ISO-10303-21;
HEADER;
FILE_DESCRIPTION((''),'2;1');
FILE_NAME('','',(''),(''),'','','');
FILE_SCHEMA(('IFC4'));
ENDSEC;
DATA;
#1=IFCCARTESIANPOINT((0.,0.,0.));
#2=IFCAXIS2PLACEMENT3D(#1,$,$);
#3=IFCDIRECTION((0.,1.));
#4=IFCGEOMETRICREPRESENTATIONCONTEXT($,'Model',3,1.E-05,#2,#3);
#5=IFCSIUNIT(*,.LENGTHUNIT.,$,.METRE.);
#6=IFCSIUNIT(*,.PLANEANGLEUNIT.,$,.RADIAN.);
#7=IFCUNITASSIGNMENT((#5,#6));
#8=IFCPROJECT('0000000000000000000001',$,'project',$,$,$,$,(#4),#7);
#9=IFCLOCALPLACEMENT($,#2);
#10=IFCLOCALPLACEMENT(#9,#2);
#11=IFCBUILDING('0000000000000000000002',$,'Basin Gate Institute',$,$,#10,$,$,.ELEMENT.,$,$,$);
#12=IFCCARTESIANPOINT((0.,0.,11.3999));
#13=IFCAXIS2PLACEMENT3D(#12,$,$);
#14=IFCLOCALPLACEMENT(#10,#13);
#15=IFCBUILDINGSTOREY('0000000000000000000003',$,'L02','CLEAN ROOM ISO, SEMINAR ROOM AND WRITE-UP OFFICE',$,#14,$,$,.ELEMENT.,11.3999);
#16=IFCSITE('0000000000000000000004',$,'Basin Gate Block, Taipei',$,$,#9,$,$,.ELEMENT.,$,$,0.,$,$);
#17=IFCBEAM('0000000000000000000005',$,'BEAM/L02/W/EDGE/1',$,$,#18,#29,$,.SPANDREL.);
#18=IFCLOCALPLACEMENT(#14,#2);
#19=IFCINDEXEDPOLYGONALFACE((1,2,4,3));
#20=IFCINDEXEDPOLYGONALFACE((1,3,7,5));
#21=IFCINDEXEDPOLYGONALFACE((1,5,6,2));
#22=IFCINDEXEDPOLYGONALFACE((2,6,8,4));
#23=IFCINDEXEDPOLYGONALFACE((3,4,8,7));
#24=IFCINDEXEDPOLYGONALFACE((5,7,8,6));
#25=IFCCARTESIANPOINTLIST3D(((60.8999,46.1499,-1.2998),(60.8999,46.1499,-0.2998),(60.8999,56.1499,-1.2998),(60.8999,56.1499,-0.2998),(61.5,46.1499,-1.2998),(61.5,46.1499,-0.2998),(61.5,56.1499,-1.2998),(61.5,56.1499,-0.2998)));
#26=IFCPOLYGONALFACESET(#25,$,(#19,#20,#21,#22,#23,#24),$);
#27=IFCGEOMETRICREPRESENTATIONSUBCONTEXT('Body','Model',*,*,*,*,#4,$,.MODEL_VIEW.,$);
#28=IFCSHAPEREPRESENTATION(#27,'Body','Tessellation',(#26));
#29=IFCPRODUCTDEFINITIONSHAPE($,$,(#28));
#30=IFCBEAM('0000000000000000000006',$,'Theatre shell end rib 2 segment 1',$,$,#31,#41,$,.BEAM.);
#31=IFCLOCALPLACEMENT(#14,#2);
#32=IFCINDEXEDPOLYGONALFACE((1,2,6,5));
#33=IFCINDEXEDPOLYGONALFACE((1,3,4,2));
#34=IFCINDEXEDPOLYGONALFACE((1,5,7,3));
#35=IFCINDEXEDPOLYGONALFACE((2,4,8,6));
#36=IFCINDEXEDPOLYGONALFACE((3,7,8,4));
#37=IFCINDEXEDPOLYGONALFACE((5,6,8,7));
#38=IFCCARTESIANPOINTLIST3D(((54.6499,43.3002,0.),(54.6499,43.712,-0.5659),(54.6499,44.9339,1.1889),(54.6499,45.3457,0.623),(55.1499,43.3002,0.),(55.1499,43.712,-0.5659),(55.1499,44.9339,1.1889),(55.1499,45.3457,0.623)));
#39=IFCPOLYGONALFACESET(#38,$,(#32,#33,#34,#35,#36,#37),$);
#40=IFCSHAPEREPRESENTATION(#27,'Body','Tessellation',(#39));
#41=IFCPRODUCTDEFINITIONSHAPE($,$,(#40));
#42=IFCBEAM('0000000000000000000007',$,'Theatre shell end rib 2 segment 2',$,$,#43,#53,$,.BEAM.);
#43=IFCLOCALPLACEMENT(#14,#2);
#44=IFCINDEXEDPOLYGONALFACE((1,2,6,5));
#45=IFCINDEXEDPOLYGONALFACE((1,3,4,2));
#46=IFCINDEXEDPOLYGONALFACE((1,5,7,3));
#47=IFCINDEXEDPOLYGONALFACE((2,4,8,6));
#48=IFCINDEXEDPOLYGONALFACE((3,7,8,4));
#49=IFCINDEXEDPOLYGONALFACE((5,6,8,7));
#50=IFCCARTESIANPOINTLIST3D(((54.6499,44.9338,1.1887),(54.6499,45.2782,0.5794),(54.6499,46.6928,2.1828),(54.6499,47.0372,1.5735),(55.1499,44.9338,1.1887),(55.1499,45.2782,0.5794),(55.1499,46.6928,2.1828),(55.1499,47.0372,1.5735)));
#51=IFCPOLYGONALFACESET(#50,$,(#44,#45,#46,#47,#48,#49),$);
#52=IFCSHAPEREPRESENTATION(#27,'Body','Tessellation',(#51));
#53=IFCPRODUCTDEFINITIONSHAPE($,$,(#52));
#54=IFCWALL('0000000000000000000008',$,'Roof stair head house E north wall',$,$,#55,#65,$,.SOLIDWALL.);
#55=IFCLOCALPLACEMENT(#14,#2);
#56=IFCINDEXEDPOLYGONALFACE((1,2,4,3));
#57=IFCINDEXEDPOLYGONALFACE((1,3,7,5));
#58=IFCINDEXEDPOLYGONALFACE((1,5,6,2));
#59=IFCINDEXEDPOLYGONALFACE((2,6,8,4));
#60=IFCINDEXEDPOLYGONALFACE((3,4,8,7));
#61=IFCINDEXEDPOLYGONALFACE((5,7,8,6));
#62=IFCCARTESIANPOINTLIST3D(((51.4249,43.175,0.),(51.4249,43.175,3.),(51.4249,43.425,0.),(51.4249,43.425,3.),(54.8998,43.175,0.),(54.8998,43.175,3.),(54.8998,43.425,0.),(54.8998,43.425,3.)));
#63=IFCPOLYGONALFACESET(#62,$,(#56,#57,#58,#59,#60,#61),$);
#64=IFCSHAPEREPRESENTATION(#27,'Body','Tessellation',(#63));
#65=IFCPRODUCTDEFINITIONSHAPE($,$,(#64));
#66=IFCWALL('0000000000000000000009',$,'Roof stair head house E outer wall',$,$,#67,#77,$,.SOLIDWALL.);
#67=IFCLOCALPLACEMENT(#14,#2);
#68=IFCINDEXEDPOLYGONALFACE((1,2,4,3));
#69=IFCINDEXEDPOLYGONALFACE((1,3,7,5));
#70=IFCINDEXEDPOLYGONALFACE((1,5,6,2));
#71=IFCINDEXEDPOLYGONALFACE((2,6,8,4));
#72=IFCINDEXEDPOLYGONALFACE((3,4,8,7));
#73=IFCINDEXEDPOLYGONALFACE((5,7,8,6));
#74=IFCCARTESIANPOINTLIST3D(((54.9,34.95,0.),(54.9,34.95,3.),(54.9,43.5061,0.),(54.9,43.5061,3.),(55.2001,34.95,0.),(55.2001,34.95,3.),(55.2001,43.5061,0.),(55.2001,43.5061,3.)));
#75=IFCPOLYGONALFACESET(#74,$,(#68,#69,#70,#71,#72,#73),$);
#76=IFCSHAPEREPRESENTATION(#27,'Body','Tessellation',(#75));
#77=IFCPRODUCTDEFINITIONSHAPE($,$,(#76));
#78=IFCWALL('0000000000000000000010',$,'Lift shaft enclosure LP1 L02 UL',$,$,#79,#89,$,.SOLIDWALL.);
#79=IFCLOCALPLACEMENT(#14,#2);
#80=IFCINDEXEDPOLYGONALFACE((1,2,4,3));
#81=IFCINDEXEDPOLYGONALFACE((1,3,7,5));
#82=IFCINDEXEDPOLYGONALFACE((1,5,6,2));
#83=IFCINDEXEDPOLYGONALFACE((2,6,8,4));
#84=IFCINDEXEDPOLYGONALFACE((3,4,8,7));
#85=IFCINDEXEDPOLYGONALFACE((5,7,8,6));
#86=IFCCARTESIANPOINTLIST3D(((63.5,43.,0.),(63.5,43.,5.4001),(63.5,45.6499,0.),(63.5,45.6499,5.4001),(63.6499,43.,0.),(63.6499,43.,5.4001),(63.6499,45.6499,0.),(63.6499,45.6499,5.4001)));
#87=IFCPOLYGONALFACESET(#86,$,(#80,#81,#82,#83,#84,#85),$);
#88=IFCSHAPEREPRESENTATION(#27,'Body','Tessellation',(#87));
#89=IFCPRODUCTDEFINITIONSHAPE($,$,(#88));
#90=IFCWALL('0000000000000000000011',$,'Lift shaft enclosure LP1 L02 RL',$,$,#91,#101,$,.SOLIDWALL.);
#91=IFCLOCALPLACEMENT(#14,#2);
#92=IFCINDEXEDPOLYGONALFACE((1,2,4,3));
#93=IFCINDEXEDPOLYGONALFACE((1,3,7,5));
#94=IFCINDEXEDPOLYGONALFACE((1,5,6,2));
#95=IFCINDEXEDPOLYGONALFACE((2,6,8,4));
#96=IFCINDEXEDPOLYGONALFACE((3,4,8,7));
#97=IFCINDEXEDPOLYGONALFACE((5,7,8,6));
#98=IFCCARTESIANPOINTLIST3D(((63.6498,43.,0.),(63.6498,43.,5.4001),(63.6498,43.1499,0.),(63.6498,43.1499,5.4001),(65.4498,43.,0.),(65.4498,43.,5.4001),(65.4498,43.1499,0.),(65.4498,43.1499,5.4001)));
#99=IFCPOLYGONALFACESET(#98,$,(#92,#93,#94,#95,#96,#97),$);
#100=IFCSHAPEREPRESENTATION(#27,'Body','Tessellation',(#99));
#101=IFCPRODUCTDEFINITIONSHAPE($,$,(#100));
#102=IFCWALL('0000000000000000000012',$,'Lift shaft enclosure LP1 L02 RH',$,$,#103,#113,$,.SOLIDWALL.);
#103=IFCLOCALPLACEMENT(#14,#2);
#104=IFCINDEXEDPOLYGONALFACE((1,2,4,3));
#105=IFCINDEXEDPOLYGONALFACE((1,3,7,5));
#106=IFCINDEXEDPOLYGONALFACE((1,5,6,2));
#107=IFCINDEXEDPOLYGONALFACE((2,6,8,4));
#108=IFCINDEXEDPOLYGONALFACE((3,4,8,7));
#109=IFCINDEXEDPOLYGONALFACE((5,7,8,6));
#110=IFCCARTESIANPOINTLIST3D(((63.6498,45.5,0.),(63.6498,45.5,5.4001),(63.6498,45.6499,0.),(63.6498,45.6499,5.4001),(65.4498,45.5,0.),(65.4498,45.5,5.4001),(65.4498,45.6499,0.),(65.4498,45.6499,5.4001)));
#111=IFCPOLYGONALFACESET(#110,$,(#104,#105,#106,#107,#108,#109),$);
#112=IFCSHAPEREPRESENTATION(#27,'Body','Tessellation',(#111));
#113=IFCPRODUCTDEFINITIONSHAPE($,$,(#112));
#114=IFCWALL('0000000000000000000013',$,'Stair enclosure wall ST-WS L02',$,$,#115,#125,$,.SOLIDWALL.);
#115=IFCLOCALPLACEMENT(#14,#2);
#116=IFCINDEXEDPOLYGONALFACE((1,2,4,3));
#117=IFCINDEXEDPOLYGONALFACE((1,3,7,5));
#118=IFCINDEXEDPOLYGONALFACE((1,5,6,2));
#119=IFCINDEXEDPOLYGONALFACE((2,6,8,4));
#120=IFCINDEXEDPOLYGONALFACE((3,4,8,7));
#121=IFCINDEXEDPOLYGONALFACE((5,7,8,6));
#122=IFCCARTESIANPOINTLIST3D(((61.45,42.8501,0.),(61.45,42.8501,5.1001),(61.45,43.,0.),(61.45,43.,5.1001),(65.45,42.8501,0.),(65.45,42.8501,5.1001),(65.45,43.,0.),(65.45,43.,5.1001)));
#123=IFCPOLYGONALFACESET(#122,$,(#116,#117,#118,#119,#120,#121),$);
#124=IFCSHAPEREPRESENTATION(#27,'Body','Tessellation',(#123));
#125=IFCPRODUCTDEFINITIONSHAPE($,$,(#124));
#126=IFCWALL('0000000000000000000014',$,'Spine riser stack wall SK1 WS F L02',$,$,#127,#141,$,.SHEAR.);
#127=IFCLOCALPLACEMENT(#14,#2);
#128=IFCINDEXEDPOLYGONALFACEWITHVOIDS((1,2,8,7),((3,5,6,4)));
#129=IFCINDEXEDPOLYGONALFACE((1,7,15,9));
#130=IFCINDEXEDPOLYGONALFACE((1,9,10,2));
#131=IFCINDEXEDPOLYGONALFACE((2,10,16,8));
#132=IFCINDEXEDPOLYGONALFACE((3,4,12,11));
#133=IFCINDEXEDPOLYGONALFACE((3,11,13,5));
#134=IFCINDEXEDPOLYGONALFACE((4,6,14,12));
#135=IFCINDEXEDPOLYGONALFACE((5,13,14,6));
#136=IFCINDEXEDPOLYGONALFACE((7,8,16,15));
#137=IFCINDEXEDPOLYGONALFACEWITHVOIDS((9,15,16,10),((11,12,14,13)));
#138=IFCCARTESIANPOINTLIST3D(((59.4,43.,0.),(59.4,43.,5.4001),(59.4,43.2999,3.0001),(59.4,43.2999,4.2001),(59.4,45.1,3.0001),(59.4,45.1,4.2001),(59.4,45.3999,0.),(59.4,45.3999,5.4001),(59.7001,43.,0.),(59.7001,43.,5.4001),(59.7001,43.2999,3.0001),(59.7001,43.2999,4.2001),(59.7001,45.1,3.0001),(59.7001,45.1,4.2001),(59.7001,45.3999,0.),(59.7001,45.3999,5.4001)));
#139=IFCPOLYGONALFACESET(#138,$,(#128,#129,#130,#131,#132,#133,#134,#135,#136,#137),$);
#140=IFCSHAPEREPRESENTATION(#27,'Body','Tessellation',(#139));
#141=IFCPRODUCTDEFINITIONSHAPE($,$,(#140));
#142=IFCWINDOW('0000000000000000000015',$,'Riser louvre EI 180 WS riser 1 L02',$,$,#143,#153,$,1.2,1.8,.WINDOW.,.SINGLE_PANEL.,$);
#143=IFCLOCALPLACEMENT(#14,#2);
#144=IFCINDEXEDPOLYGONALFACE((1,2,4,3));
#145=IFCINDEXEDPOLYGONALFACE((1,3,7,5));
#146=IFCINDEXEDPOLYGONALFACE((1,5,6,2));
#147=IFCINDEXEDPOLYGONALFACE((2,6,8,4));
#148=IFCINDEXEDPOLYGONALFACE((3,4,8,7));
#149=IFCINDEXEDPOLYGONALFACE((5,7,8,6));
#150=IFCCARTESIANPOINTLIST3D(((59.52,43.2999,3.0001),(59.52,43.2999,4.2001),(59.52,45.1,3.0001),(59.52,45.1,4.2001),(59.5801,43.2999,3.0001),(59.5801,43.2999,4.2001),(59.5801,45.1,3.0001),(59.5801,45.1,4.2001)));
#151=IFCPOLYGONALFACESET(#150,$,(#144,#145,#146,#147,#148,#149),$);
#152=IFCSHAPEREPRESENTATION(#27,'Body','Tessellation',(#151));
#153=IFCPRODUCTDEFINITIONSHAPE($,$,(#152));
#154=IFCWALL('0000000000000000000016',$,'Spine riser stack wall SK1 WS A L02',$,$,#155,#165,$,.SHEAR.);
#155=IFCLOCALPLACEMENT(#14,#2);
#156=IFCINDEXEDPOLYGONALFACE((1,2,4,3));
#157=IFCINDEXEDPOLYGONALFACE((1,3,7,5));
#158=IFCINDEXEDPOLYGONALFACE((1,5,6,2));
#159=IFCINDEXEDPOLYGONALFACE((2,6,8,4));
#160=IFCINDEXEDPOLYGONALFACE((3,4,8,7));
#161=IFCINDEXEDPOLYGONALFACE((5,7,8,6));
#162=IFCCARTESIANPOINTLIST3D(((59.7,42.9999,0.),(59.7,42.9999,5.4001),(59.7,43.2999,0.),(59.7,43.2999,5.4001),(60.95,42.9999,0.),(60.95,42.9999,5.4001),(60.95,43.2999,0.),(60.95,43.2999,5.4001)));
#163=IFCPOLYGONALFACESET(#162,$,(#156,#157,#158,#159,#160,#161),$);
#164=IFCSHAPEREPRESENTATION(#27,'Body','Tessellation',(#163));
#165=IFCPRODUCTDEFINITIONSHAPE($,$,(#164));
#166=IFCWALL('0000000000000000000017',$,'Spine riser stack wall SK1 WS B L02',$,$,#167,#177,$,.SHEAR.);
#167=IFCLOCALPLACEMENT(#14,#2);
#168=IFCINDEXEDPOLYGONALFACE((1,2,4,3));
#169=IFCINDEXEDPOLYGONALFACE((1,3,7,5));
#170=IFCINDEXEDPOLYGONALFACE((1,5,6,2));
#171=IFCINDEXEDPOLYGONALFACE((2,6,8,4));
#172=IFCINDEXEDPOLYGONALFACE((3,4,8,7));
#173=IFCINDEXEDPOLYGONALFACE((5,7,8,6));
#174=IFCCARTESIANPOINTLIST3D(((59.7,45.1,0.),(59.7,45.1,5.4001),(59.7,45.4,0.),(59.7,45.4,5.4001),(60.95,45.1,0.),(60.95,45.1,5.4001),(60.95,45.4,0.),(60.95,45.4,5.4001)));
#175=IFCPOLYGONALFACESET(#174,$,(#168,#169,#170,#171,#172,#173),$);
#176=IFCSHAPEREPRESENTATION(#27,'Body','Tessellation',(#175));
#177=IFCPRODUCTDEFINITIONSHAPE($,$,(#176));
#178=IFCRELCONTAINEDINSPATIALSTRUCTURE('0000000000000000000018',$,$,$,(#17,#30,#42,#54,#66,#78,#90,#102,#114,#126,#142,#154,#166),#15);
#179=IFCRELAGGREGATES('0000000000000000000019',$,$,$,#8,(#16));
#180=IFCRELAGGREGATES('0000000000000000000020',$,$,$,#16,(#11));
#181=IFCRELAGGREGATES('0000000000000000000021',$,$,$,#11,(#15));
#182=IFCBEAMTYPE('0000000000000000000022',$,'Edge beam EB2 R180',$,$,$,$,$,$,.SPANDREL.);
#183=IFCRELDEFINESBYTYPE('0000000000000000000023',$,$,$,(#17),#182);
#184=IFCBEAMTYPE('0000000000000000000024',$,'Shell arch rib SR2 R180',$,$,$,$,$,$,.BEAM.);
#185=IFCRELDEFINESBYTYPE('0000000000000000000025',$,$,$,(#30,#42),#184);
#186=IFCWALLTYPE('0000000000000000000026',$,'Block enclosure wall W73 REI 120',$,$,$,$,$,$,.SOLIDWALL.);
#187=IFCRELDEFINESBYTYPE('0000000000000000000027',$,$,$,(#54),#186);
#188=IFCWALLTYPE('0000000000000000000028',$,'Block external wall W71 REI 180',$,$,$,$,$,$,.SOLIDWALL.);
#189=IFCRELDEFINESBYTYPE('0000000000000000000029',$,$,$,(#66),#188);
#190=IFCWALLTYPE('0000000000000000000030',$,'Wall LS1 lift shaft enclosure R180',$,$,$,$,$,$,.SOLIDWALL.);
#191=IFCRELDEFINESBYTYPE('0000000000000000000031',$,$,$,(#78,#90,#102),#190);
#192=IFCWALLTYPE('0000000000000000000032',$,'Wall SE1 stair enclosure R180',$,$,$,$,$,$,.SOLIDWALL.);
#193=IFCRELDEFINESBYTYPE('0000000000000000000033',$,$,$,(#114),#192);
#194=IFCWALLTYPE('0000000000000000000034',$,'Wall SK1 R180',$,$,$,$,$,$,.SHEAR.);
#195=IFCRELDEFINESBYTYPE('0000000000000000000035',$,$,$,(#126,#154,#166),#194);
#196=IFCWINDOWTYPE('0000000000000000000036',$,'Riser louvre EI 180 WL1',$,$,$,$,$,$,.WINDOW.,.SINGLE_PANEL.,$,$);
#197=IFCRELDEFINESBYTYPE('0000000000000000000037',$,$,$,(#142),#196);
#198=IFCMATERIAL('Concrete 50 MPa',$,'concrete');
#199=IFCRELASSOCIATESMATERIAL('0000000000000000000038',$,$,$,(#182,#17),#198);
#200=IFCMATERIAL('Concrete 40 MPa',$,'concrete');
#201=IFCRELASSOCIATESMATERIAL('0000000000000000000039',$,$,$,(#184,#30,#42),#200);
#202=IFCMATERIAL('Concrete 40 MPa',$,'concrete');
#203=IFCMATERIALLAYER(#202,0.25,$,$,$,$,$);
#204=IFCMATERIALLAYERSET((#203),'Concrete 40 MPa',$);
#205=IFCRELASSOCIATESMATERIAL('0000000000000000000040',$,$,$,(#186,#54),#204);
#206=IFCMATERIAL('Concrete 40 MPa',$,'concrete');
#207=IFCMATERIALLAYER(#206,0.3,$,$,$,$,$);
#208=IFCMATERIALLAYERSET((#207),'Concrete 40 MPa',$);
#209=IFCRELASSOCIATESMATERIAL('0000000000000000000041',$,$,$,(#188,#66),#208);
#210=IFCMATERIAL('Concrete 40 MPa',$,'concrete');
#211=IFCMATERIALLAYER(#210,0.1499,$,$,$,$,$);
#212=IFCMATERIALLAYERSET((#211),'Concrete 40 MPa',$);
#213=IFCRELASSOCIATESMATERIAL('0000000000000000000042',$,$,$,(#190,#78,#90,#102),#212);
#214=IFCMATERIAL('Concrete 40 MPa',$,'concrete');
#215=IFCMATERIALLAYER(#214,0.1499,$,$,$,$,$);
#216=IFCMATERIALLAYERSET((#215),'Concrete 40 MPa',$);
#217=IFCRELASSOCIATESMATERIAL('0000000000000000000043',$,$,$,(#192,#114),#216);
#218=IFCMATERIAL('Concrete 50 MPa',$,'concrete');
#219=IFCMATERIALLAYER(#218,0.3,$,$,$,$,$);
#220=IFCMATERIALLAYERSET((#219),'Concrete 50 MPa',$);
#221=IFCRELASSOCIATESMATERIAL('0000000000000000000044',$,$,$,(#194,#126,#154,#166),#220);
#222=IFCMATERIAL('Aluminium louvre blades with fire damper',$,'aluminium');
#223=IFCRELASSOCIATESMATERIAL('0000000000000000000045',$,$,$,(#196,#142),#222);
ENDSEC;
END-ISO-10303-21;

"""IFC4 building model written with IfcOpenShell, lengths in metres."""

from ifc_helpers import new_model, si_unit, direction, frame, frame_2d, origin, origin_2d, place, context, subcontext, project, spatial, rectangle, extrude, material, layer, layer_set, material_profile, profile_set, type_object, element, fill, save


model = new_model("IFC4")

# Units and contexts
model_context = context("Model", 3, precision=1e-05, world=origin(), true_north=direction((0.0, 1.0)))
body_context = subcontext(model_context, "Body", "Model", "MODEL_VIEW")
ifc_project = project(units=[si_unit("LENGTHUNIT", "METRE"), si_unit("PLANEANGLEUNIT", "RADIAN")], contexts=[model_context])

# Site, building, storey
site_placement = place(None, origin())
site = spatial("IfcSite", under=ifc_project, at=site_placement, Name="Basin Gate Block, Taipei", CompositionType="ELEMENT", RefElevation=0.0)
building_placement = place(site_placement, origin())
building = spatial("IfcBuilding", under=site, at=building_placement, Name="Basin Gate Institute", CompositionType="ELEMENT")
storey_placement = place(building_placement, frame((0.0, 0.0, 11.3999)))
storey = spatial("IfcBuildingStorey", under=building, at=storey_placement, Name="L02", Description="CLEAN ROOM ISO, SEMINAR ROOM AND WRITE-UP OFFICE", CompositionType="ELEMENT", Elevation=11.3999)

# Beams
ifc_material_1 = material(Name="Concrete 50 MPa", Category="concrete")
ifc_material_profile_1 = material_profile(ifc_material_1, rectangle(XDim=0.6001, YDim=1.0, at=origin_2d()), Name="Edge beam EB2 600 x 1000")
ifc_profile_set_1 = profile_set([ifc_material_profile_1], Name="Concrete 50 MPa")
beam_type_1 = type_object("IfcBeamType", Name="Edge beam EB2 R180", PredefinedType="SPANDREL", material=ifc_profile_set_1)
beam_placement = place(storey_placement, frame((61.2, 46.1499, -0.7998), z_axis=(0.0, 1.0, 0.0), x_axis=(-1.0, 0.0, 0.0)))
element("IfcBeam", 1, at=beam_placement, inside=storey, type_object=beam_type_1, material=ifc_profile_set_1, Name="BEAM/L02/W/EDGE/1", PredefinedType="SPANDREL", context=body_context, shape_type="SweptSolid", body=[
    extrude(rectangle(XDim=0.6001, YDim=1.0, at=origin_2d()), origin(), (0.0, 0.0, 1.0), 10.0),
])
ifc_material_2 = material(Name="Concrete 40 MPa", Category="concrete")
ifc_material_profile_2 = material_profile(ifc_material_2, rectangle(XDim=0.5, YDim=0.7, at=origin_2d()), Name="Shell arch rib SR2 500 x 700")
ifc_profile_set_2 = profile_set([ifc_material_profile_2], Name="Concrete 40 MPa")
beam_type_2 = type_object("IfcBeamType", Name="Shell arch rib SR2 R180", PredefinedType="BEAM", material=ifc_profile_set_2)
for number, where, z_axis, x_axis, name in (
    (2, (54.8999, 43.5061, -0.283), (0.0, 0.808558, 0.588416), (-1.0, 0.0, 0.0), "Theatre shell end rib 2 segment 1"),
    (3, (54.8999, 45.106, 0.884), (0.0, 0.870583, 0.492021), (-1.0, 0.0, 0.0), "Theatre shell end rib 2 segment 2"),
):
    element("IfcBeam", number, at=place(storey_placement, frame(where, z_axis=z_axis, x_axis=x_axis)), inside=storey, type_object=beam_type_2, material=ifc_profile_set_2, Name=name, PredefinedType="BEAM", context=body_context, shape_type="SweptSolid", body=[
        extrude(rectangle(XDim=0.5, YDim=0.7, at=origin_2d()), origin(), (0.0, 0.0, 1.0), 2.0205),
    ])

# Walls
ifc_material_3 = material(Name="Concrete 40 MPa", Category="concrete")
ifc_layer_1 = layer(ifc_material_3, 0.25)
ifc_layer_set_1 = layer_set([ifc_layer_1], Name="Concrete 40 MPa")
wall_type_1 = type_object("IfcWallType", Name="Block enclosure wall W73 REI 120", PredefinedType="SOLIDWALL", material=ifc_layer_set_1)
wall_1_placement = place(storey_placement, frame((51.425, 43.3, 0.0), z_axis=(0.0, 0.0, 1.0), x_axis=(1.0, 0.0, 0.0)))
element("IfcWall", 4, at=wall_1_placement, inside=storey, type_object=wall_type_1, material=ifc_layer_set_1, Name="Roof stair head house E north wall", PredefinedType="SOLIDWALL", context=body_context, shape_type="SweptSolid", body=[
    extrude(rectangle(XDim=3.4749, YDim=0.25, at=frame_2d((1.7373, 0.0))), origin(), (0.0, 0.0, 1.0), 3.0),
])
ifc_material_4 = material(Name="Concrete 40 MPa", Category="concrete")
ifc_layer_2 = layer(ifc_material_4, 0.3)
ifc_layer_set_2 = layer_set([ifc_layer_2], Name="Concrete 40 MPa")
wall_type_2 = type_object("IfcWallType", Name="Block external wall W71 REI 180", PredefinedType="SOLIDWALL", material=ifc_layer_set_2)
wall_2_placement = place(storey_placement, frame((55.05, 34.95, 0.0), z_axis=(0.0, 0.0, 1.0), x_axis=(0.0, 1.0, 0.0)))
element("IfcWall", 5, at=wall_2_placement, inside=storey, type_object=wall_type_2, material=ifc_layer_set_2, Name="Roof stair head house E outer wall", PredefinedType="SOLIDWALL", context=body_context, shape_type="SweptSolid", body=[
    extrude(rectangle(XDim=8.5562, YDim=0.3, at=frame_2d((4.2781, 0.0))), origin(), (0.0, 0.0, 1.0), 3.0),
])
ifc_material_5 = material(Name="Concrete 40 MPa", Category="concrete")
ifc_layer_3 = layer(ifc_material_5, 0.1499)
ifc_layer_set_3 = layer_set([ifc_layer_3], Name="Concrete 40 MPa")
wall_type_3 = type_object("IfcWallType", Name="Wall LS1 lift shaft enclosure R180", PredefinedType="SOLIDWALL", material=ifc_layer_set_3)
wall_3_placement = place(storey_placement, frame((63.575, 43.0, 0.0), z_axis=(0.0, 0.0, 1.0), x_axis=(0.0, 1.0, 0.0)))
element("IfcWall", 6, at=wall_3_placement, inside=storey, type_object=wall_type_3, material=ifc_layer_set_3, Name="Lift shaft enclosure LP1 L02 UL", PredefinedType="SOLIDWALL", context=body_context, shape_type="SweptSolid", body=[
    extrude(rectangle(XDim=2.6499, YDim=0.1499, at=frame_2d((1.325, 0.0))), origin(), (0.0, 0.0, 1.0), 5.4001),
])
for number, where, z_axis, x_axis, name in (
    (7, (63.6499, 43.075, 0.0), (0.0, 0.0, 1.0), (1.0, 0.0, 0.0), "Lift shaft enclosure LP1 L02 RL"),
    (8, (63.6499, 45.575, 0.0), (0.0, 0.0, 1.0), (1.0, 0.0, 0.0), "Lift shaft enclosure LP1 L02 RH"),
):
    element("IfcWall", number, at=place(storey_placement, frame(where, z_axis=z_axis, x_axis=x_axis)), inside=storey, type_object=wall_type_3, material=ifc_layer_set_3, Name=name, PredefinedType="SOLIDWALL", context=body_context, shape_type="SweptSolid", body=[
        extrude(rectangle(XDim=1.8, YDim=0.1499, at=frame_2d((0.8999, 0.0))), origin(), (0.0, 0.0, 1.0), 5.4001),
    ])
ifc_material_6 = material(Name="Concrete 40 MPa", Category="concrete")
ifc_layer_4 = layer(ifc_material_6, 0.1499)
ifc_layer_set_4 = layer_set([ifc_layer_4], Name="Concrete 40 MPa")
wall_type_4 = type_object("IfcWallType", Name="Wall SE1 stair enclosure R180", PredefinedType="SOLIDWALL", material=ifc_layer_set_4)
wall_4_placement = place(storey_placement, frame((61.45, 42.925, 0.0), z_axis=(0.0, 0.0, 1.0), x_axis=(1.0, 0.0, 0.0)))
element("IfcWall", 9, at=wall_4_placement, inside=storey, type_object=wall_type_4, material=ifc_layer_set_4, Name="Stair enclosure wall ST-WS L02", PredefinedType="SOLIDWALL", context=body_context, shape_type="SweptSolid", body=[
    extrude(rectangle(XDim=4.0, YDim=0.1499, at=frame_2d((2.0, 0.0))), origin(), (0.0, 0.0, 1.0), 5.1001),
])

# Wall, opening, window
ifc_material_7 = material(Name="Concrete 50 MPa", Category="concrete")
ifc_layer_5 = layer(ifc_material_7, 0.3)
ifc_layer_set_5 = layer_set([ifc_layer_5], Name="Concrete 50 MPa")
wall_type_5 = type_object("IfcWallType", Name="Wall SK1 R180", PredefinedType="SHEAR", material=ifc_layer_set_5)
wall_5_placement = place(storey_placement, frame((59.55, 43.0, 0.0), z_axis=(0.0, 0.0, 1.0), x_axis=(0.0, 1.0, 0.0)))
wall_5 = element("IfcWall", 10, at=wall_5_placement, inside=storey, type_object=wall_type_5, material=ifc_layer_set_5, Name="Spine riser stack wall SK1 WS F L02", PredefinedType="SHEAR", context=body_context, shape_type="SweptSolid", body=[
    extrude(rectangle(XDim=2.3999, YDim=0.3, at=frame_2d((1.2, 0.0))), origin(), (0.0, 0.0, 1.0), 5.4001),
])
opening_1_placement = place(wall_5_placement, frame((0.3, 0.0, 3.0)))
opening_1 = element("IfcOpeningElement", 11, at=opening_1_placement, cuts=wall_5, PredefinedType="OPENING", context=body_context, shape_type="SweptSolid", body=[
    extrude(rectangle(XDim=1.8, YDim=1.2, at=frame_2d((0.8999, 0.6001))), frame((0.0, 0.1602, 0.0), z_axis=(0.0, -1.0, 0.0), x_axis=(1.0, 0.0, 0.0)), (0.0, 0.0, 1.0), 0.3201),
])
ifc_material_8 = material(Name="Aluminium louvre blades with fire damper", Category="aluminium")
window_type_1 = type_object("IfcWindowType", Name="Riser louvre EI 180 WL1", PartitioningType="SINGLE_PANEL", PredefinedType="WINDOW", material=ifc_material_8)
window_1_placement = place(opening_1_placement, origin())
window_1 = element("IfcWindow", 12, at=window_1_placement, inside=storey, type_object=window_type_1, material=ifc_material_8, Name="Riser louvre EI 180 WS riser 1 L02", OverallHeight=1.2, OverallWidth=1.8, PartitioningType="SINGLE_PANEL", PredefinedType="WINDOW", context=body_context, shape_type="SweptSolid", body=[
    extrude(rectangle(XDim=1.8, YDim=1.2, at=frame_2d((0.8999, 0.6001))), frame((0.0, 0.03, 0.0), z_axis=(0.0, -1.0, 0.0), x_axis=(1.0, 0.0, 0.0)), (0.0, 0.0, 1.0), 0.0601),
])
fill(opening_1, window_1)

# Walls
for number, where, z_axis, x_axis, name in (
    (13, (60.95, 43.1499, 0.0), (0.0, 0.0, 1.0), (-1.0, 0.0, 0.0), "Spine riser stack wall SK1 WS A L02"),
    (14, (60.95, 45.25, 0.0), (0.0, 0.0, 1.0), (-1.0, 0.0, 0.0), "Spine riser stack wall SK1 WS B L02"),
):
    element("IfcWall", number, at=place(storey_placement, frame(where, z_axis=z_axis, x_axis=x_axis)), inside=storey, type_object=wall_type_5, material=ifc_layer_set_5, Name=name, PredefinedType="SHEAR", context=body_context, shape_type="SweptSolid", body=[
        extrude(rectangle(XDim=1.25, YDim=0.3, at=frame_2d((0.625, 0.0))), origin(), (0.0, 0.0, 1.0), 5.4001),
    ])

save(model, "model.ifc")
